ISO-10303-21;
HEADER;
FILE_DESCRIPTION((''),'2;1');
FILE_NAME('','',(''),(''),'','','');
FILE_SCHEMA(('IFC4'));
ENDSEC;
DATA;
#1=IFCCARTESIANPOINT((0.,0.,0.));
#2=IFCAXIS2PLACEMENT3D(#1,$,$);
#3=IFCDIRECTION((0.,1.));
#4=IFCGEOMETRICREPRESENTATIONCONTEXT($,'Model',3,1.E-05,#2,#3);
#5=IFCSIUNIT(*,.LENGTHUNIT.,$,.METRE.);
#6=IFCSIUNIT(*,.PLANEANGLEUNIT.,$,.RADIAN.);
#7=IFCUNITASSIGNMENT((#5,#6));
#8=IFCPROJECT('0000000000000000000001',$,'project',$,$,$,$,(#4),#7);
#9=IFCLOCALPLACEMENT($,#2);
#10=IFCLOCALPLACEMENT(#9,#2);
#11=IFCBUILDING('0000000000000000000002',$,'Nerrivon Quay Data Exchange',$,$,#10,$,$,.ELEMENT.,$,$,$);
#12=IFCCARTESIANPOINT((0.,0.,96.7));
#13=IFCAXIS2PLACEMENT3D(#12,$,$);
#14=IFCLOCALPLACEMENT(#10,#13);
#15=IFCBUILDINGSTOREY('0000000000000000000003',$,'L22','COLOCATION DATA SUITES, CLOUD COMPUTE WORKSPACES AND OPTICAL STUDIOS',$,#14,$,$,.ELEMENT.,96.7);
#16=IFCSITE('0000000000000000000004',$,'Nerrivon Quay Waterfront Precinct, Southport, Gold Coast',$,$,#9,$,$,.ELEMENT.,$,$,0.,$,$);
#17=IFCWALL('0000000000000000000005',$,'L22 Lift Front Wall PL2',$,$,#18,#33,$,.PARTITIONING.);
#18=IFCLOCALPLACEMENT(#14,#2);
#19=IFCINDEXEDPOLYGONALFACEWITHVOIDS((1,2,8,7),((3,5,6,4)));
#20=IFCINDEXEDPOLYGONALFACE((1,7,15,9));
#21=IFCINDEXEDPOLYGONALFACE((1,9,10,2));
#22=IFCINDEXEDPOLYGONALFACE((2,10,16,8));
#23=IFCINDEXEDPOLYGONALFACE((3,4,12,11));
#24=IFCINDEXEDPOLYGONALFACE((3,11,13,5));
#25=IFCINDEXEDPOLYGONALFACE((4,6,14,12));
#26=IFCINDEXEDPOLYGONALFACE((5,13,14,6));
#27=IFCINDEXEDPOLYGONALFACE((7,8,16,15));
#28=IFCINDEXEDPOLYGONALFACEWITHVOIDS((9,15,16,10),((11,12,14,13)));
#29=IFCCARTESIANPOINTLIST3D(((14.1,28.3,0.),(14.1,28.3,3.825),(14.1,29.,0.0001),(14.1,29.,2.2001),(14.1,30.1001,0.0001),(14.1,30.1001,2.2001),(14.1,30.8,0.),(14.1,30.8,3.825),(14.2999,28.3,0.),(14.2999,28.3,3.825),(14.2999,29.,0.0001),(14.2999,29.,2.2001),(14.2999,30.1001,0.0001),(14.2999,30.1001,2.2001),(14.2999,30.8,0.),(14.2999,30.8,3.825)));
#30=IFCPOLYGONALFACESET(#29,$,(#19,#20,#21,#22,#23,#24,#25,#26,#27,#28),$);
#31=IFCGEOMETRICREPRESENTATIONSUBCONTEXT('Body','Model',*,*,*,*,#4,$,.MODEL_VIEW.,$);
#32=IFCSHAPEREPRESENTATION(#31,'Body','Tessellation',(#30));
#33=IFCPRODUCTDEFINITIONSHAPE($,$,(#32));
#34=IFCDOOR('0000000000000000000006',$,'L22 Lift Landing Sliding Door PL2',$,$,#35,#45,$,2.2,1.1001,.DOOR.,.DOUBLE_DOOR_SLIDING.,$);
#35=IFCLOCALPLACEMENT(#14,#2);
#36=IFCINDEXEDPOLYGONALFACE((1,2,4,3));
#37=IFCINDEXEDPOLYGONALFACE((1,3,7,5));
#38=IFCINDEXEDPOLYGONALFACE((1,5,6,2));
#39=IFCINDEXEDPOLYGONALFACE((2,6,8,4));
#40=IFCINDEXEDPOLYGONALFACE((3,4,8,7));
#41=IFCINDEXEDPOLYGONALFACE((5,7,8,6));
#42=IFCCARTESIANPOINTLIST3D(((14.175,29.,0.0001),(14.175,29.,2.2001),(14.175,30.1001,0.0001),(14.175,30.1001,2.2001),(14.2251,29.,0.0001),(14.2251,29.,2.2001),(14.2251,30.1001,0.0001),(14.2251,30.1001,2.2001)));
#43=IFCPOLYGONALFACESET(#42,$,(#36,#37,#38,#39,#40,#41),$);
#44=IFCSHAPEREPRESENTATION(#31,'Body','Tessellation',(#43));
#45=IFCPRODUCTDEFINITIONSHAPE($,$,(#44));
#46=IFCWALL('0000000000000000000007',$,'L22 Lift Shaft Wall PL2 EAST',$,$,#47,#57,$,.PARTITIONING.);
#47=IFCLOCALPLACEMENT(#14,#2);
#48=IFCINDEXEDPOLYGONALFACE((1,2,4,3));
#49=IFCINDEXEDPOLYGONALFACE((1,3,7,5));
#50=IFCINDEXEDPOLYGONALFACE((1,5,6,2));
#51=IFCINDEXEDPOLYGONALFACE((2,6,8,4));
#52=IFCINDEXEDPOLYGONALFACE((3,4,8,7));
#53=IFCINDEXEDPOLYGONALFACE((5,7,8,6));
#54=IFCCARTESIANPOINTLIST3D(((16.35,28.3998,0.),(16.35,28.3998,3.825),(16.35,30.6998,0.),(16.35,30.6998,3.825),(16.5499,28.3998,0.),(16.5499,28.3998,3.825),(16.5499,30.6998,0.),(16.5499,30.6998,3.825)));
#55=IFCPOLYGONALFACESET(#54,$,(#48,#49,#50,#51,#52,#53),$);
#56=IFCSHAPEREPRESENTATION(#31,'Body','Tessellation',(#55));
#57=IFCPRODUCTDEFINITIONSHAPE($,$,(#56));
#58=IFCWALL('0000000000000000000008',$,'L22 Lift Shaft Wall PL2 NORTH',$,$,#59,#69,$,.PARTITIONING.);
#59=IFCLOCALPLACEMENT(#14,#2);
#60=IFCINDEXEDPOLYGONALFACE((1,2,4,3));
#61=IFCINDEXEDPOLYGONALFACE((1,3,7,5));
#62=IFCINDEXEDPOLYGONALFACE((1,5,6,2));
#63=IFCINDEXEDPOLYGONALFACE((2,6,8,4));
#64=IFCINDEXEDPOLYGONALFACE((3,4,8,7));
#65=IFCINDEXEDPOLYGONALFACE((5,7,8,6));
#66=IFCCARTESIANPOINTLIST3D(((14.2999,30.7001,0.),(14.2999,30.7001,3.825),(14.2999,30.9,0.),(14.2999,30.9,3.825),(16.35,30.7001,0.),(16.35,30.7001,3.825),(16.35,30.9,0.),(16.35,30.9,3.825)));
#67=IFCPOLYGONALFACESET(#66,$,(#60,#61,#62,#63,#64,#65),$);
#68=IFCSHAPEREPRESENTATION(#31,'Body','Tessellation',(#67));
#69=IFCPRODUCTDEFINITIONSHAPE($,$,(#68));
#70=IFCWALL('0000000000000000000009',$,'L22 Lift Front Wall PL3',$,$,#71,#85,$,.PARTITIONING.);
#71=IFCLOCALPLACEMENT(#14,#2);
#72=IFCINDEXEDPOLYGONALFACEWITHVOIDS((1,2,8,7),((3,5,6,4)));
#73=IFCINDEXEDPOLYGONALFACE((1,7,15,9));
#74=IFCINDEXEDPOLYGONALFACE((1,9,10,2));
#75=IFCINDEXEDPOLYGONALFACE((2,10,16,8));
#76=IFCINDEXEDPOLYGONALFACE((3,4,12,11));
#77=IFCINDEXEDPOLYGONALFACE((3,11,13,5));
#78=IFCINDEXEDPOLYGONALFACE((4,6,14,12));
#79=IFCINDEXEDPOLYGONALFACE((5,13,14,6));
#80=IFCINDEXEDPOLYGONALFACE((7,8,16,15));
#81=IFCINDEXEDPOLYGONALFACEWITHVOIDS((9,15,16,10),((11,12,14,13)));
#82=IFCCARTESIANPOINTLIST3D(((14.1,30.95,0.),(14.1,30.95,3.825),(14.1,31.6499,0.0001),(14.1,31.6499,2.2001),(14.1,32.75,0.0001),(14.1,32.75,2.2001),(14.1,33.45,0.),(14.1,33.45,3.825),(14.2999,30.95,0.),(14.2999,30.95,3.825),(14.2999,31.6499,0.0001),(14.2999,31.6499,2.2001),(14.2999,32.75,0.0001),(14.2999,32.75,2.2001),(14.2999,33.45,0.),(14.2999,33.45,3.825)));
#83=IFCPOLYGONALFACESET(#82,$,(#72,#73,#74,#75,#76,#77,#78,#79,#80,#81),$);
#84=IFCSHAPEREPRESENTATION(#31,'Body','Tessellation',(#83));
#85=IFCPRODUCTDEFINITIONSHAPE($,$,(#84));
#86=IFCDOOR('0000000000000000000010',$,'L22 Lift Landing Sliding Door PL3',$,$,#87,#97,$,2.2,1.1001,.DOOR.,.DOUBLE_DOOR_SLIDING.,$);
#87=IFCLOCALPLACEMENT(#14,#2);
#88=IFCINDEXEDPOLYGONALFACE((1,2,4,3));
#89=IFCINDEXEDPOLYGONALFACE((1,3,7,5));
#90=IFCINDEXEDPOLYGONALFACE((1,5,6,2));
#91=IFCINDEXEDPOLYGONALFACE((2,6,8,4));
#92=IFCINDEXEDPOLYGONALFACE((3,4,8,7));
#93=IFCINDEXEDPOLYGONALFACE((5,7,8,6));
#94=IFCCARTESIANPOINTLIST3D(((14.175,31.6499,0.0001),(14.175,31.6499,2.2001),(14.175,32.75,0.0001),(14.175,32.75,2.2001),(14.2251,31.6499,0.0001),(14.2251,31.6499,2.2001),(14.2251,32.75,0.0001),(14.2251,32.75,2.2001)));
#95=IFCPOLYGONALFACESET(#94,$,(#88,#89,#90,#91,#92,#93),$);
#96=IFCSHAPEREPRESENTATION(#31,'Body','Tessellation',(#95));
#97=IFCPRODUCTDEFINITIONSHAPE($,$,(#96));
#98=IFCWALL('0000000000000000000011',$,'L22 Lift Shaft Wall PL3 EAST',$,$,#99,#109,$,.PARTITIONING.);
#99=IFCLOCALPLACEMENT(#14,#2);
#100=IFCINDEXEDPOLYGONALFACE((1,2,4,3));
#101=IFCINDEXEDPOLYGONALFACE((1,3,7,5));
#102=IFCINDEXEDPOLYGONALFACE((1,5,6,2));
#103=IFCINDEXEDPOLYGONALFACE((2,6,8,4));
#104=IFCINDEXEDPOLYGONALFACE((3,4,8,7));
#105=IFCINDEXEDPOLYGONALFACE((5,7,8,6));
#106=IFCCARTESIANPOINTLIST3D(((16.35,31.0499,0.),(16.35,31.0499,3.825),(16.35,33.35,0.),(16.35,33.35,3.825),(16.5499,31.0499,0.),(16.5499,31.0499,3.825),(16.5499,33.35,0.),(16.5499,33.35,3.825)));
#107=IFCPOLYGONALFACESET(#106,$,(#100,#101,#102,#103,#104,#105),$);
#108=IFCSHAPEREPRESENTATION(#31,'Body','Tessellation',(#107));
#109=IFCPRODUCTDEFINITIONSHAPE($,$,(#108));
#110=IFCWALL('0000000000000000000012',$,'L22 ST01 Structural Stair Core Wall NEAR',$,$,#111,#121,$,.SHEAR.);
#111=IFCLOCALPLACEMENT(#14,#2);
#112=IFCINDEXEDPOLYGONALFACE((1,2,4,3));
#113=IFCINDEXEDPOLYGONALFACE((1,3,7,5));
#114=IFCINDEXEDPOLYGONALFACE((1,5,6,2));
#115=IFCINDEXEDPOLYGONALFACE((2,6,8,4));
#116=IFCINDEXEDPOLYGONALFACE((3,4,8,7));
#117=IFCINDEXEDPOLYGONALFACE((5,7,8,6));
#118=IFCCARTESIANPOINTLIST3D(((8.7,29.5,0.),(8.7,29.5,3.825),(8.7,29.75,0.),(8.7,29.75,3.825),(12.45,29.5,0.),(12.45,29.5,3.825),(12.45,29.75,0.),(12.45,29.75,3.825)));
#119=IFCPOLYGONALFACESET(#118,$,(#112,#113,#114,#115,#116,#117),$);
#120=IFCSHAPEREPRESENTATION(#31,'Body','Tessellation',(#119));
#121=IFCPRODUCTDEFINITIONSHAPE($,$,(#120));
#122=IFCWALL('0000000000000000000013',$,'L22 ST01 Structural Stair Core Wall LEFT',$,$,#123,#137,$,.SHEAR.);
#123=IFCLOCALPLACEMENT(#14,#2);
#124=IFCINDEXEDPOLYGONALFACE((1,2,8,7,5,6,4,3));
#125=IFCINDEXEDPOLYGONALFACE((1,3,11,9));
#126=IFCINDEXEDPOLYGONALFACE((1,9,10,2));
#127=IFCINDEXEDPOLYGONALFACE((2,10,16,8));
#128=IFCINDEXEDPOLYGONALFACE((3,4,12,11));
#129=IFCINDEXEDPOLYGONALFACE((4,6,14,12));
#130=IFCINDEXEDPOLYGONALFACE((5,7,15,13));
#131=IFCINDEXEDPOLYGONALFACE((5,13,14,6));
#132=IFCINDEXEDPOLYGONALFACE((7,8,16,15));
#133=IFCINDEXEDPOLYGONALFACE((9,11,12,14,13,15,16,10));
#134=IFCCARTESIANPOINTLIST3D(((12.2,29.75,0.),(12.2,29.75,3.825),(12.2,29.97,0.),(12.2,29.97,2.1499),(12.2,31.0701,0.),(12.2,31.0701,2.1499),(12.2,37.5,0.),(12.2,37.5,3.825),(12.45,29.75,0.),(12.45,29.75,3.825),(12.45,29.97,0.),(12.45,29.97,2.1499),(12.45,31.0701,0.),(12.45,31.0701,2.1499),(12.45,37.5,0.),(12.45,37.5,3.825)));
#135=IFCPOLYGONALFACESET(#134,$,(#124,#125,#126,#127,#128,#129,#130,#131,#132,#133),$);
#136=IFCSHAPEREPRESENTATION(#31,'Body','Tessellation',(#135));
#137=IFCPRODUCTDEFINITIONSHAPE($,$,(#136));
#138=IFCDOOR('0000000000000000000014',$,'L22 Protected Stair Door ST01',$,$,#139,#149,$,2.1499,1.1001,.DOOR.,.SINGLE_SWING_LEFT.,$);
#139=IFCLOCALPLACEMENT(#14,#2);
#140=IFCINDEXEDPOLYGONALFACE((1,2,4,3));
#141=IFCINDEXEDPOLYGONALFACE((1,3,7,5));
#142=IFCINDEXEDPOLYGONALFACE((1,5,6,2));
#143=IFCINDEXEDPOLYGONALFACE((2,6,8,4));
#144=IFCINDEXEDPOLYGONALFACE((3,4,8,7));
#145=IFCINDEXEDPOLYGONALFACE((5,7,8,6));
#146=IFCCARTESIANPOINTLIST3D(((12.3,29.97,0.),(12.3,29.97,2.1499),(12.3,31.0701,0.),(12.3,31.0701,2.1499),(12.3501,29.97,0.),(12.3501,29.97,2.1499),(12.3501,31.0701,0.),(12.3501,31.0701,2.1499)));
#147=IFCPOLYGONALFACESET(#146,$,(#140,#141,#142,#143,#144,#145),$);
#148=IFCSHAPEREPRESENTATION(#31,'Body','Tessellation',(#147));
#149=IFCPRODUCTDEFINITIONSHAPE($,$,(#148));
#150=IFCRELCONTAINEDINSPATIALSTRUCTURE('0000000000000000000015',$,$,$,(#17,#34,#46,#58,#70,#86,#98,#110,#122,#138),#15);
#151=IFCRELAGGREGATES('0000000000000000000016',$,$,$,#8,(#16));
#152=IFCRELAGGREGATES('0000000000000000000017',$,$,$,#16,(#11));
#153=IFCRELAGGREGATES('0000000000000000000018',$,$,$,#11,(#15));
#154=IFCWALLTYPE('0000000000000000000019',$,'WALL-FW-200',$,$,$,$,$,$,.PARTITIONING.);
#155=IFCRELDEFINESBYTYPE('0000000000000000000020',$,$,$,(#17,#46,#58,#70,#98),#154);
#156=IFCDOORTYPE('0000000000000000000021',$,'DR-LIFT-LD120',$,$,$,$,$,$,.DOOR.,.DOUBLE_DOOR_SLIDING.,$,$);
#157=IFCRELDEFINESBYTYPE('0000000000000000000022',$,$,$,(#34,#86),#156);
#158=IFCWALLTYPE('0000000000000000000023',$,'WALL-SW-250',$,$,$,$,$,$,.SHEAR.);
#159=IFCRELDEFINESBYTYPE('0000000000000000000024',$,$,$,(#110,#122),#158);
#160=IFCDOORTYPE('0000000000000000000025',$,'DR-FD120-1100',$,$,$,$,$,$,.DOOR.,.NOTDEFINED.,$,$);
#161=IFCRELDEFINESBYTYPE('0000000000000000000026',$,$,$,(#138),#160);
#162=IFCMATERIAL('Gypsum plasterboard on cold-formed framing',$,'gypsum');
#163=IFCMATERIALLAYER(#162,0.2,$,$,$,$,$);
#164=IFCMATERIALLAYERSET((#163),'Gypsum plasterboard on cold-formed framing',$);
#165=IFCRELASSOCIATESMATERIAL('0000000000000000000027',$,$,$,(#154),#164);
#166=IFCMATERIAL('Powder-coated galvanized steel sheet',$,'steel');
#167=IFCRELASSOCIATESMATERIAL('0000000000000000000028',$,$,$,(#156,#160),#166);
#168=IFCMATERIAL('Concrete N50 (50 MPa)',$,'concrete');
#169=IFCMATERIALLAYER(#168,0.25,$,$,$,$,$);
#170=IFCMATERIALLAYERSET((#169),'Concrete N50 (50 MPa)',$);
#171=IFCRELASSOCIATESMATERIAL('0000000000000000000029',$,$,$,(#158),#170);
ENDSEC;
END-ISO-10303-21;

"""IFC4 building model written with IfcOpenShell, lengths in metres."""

from ifc_helpers import new_model, si_unit, direction, frame, frame_2d, origin, place, context, subcontext, project, spatial, rectangle, extrude, material, layer, layer_set, type_object, element, fill, save


model = new_model("IFC4")

# Units and contexts
model_context = context("Model", 3, precision=1e-05, world=origin(), true_north=direction((0.0, 1.0)))
body_context = subcontext(model_context, "Body", "Model", "MODEL_VIEW")
ifc_project = project(units=[si_unit("LENGTHUNIT", "METRE"), si_unit("PLANEANGLEUNIT", "RADIAN")], contexts=[model_context])

# Site, building, storey
site_placement = place(None, origin())
site = spatial("IfcSite", under=ifc_project, at=site_placement, Name="Nerrivon Quay Waterfront Precinct, Southport, Gold Coast", CompositionType="ELEMENT", RefElevation=0.0)
building_placement = place(site_placement, origin())
building = spatial("IfcBuilding", under=site, at=building_placement, Name="Nerrivon Quay Data Exchange", CompositionType="ELEMENT")
storey_placement = place(building_placement, frame((0.0, 0.0, 96.7)))
storey = spatial("IfcBuildingStorey", under=building, at=storey_placement, Name="L22", Description="COLOCATION DATA SUITES, CLOUD COMPUTE WORKSPACES AND OPTICAL STUDIOS", CompositionType="ELEMENT", Elevation=96.7)

# Shared definitions
ifc_material_1 = material(Name="Gypsum plasterboard on cold-formed framing", Category="gypsum")
ifc_layer_1 = layer(ifc_material_1, 0.2)
ifc_layer_set_1 = layer_set([ifc_layer_1], Name="Gypsum plasterboard on cold-formed framing")
wall_type_1 = type_object("IfcWallType", Name="WALL-FW-200", PredefinedType="PARTITIONING", material=ifc_layer_set_1)
ifc_material_2 = material(Name="Powder-coated galvanized steel sheet", Category="steel")
door_type_1 = type_object("IfcDoorType", Name="DR-LIFT-LD120", OperationType="DOUBLE_DOOR_SLIDING", PredefinedType="DOOR", material=ifc_material_2)

# Wall, opening, door
wall_1_placement = place(storey_placement, frame((14.2, 28.3, 0.0), z_axis=(0.0, 0.0, 1.0), x_axis=(0.0, 1.0, 0.0)))
wall_1 = element("IfcWall", 1, at=wall_1_placement, inside=storey, type_object=wall_type_1, Name="L22 Lift Front Wall PL2", PredefinedType="PARTITIONING", context=body_context, shape_type="SweptSolid", body=[
    extrude(rectangle(XDim=2.5, YDim=0.2, at=frame_2d((1.25, 0.0))), origin(), (0.0, 0.0, 1.0), 3.825),
])
opening_1_placement = place(wall_1_placement, frame((0.7, 0.0, 0.0)))
opening_1 = element("IfcOpeningElement", 2, at=opening_1_placement, cuts=wall_1, PredefinedType="OPENING", context=body_context, shape_type="SweptSolid", body=[
    extrude(rectangle(XDim=1.1001, YDim=2.2, at=frame_2d((0.55, 1.1001))), frame((0.0, 0.1099, 0.0), z_axis=(0.0, -1.0, 0.0), x_axis=(1.0, 0.0, 0.0)), (0.0, 0.0, 1.0), 0.22),
])
door_1_placement = place(opening_1_placement, origin())
door_1 = element("IfcDoor", 3, at=door_1_placement, inside=storey, type_object=door_type_1, Name="L22 Lift Landing Sliding Door PL2", OperationType="DOUBLE_DOOR_SLIDING", OverallHeight=2.2, OverallWidth=1.1001, PredefinedType="DOOR", context=body_context, shape_type="SweptSolid", body=[
    extrude(rectangle(XDim=1.1001, YDim=2.2, at=frame_2d((0.55, 1.1001))), frame((0.0, 0.0249, 0.0), z_axis=(0.0, -1.0, 0.0), x_axis=(1.0, 0.0, 0.0)), (0.0, 0.0, 1.0), 0.05),
])
fill(opening_1, door_1)

# Walls
wall_2_placement = place(storey_placement, frame((16.45, 28.3999, 0.0), z_axis=(0.0, 0.0, 1.0), x_axis=(0.0, 1.0, 0.0)))
element("IfcWall", 4, at=wall_2_placement, inside=storey, type_object=wall_type_1, Name="L22 Lift Shaft Wall PL2 EAST", PredefinedType="PARTITIONING", context=body_context, shape_type="SweptSolid", body=[
    extrude(rectangle(XDim=2.3, YDim=0.2, at=frame_2d((1.1499, 0.0))), origin(), (0.0, 0.0, 1.0), 3.825),
])
wall_3_placement = place(storey_placement, frame((14.3, 30.8, 0.0), z_axis=(0.0, 0.0, 1.0), x_axis=(1.0, 0.0, 0.0)))
element("IfcWall", 5, at=wall_3_placement, inside=storey, type_object=wall_type_1, Name="L22 Lift Shaft Wall PL2 NORTH", PredefinedType="PARTITIONING", context=body_context, shape_type="SweptSolid", body=[
    extrude(rectangle(XDim=2.05, YDim=0.2, at=frame_2d((1.0249, 0.0))), origin(), (0.0, 0.0, 1.0), 3.825),
])

# Wall, opening, door
wall_4_placement = place(storey_placement, frame((14.2, 30.95, 0.0), z_axis=(0.0, 0.0, 1.0), x_axis=(0.0, 1.0, 0.0)))
wall_4 = element("IfcWall", 6, at=wall_4_placement, inside=storey, type_object=wall_type_1, Name="L22 Lift Front Wall PL3", PredefinedType="PARTITIONING", context=body_context, shape_type="SweptSolid", body=[
    extrude(rectangle(XDim=2.5, YDim=0.2, at=frame_2d((1.25, 0.0))), origin(), (0.0, 0.0, 1.0), 3.825),
])
opening_2_placement = place(wall_4_placement, frame((0.7, 0.0, 0.0)))
opening_2 = element("IfcOpeningElement", 7, at=opening_2_placement, cuts=wall_4, PredefinedType="OPENING", context=body_context, shape_type="SweptSolid", body=[
    extrude(rectangle(XDim=1.1001, YDim=2.2, at=frame_2d((0.55, 1.1001))), frame((0.0, 0.1099, 0.0), z_axis=(0.0, -1.0, 0.0), x_axis=(1.0, 0.0, 0.0)), (0.0, 0.0, 1.0), 0.22),
])
door_2_placement = place(opening_2_placement, origin())
door_2 = element("IfcDoor", 8, at=door_2_placement, inside=storey, type_object=door_type_1, Name="L22 Lift Landing Sliding Door PL3", OperationType="DOUBLE_DOOR_SLIDING", OverallHeight=2.2, OverallWidth=1.1001, PredefinedType="DOOR", context=body_context, shape_type="SweptSolid", body=[
    extrude(rectangle(XDim=1.1001, YDim=2.2, at=frame_2d((0.55, 1.1001))), frame((0.0, 0.0249, 0.0), z_axis=(0.0, -1.0, 0.0), x_axis=(1.0, 0.0, 0.0)), (0.0, 0.0, 1.0), 0.05),
])
fill(opening_2, door_2)

# Walls
wall_5_placement = place(storey_placement, frame((16.45, 31.05, 0.0), z_axis=(0.0, 0.0, 1.0), x_axis=(0.0, 1.0, 0.0)))
element("IfcWall", 9, at=wall_5_placement, inside=storey, type_object=wall_type_1, Name="L22 Lift Shaft Wall PL3 EAST", PredefinedType="PARTITIONING", context=body_context, shape_type="SweptSolid", body=[
    extrude(rectangle(XDim=2.3, YDim=0.2, at=frame_2d((1.1499, 0.0))), origin(), (0.0, 0.0, 1.0), 3.825),
])
ifc_material_3 = material(Name="Concrete N50 (50 MPa)", Category="concrete")
ifc_layer_2 = layer(ifc_material_3, 0.25)
ifc_layer_set_2 = layer_set([ifc_layer_2], Name="Concrete N50 (50 MPa)")
wall_type_2 = type_object("IfcWallType", Name="WALL-SW-250", PredefinedType="SHEAR", material=ifc_layer_set_2)
wall_6_placement = place(storey_placement, frame((12.45, 29.625, 0.0), z_axis=(0.0, 0.0, 1.0), x_axis=(-1.0, 0.0, 0.0)))
element("IfcWall", 10, at=wall_6_placement, inside=storey, type_object=wall_type_2, Name="L22 ST01 Structural Stair Core Wall NEAR", PredefinedType="SHEAR", context=body_context, shape_type="SweptSolid", body=[
    extrude(rectangle(XDim=3.75, YDim=0.25, at=frame_2d((1.875, 0.0))), origin(), (0.0, 0.0, 1.0), 3.825),
])

# Wall, opening, door
wall_7_placement = place(storey_placement, frame((12.325, 29.75, 0.0), z_axis=(0.0, 0.0, 1.0), x_axis=(0.0, 1.0, 0.0)))
wall_7 = element("IfcWall", 11, at=wall_7_placement, inside=storey, type_object=wall_type_2, Name="L22 ST01 Structural Stair Core Wall LEFT", PredefinedType="SHEAR", context=body_context, shape_type="SweptSolid", body=[
    extrude(rectangle(XDim=7.75, YDim=0.25, at=frame_2d((3.875, 0.0))), origin(), (0.0, 0.0, 1.0), 3.825),
])
opening_3_placement = place(wall_7_placement, frame((0.22, 0.0, 0.0)))
opening_3 = element("IfcOpeningElement", 12, at=opening_3_placement, cuts=wall_7, PredefinedType="OPENING", context=body_context, shape_type="SweptSolid", body=[
    extrude(rectangle(XDim=1.1001, YDim=2.1499, at=frame_2d((0.55, 1.075))), frame((0.0, 0.135, 0.0), z_axis=(0.0, -1.0, 0.0), x_axis=(1.0, 0.0, 0.0)), (0.0, 0.0, 1.0), 0.27),
])
door_type_2 = type_object("IfcDoorType", Name="DR-FD120-1100", OperationType="NOTDEFINED", PredefinedType="DOOR", material=ifc_material_2)
door_3_placement = place(opening_3_placement, origin())
door_3 = element("IfcDoor", 13, at=door_3_placement, inside=storey, type_object=door_type_2, Name="L22 Protected Stair Door ST01", OperationType="SINGLE_SWING_LEFT", OverallHeight=2.1499, OverallWidth=1.1001, PredefinedType="DOOR", context=body_context, shape_type="SweptSolid", body=[
    extrude(rectangle(XDim=1.1001, YDim=2.1499, at=frame_2d((0.55, 1.075))), frame((0.0, 0.0249, 0.0), z_axis=(0.0, -1.0, 0.0), x_axis=(1.0, 0.0, 0.0)), (0.0, 0.0, 1.0), 0.05),
])
fill(opening_3, door_3)

save(model, "model.ifc")
